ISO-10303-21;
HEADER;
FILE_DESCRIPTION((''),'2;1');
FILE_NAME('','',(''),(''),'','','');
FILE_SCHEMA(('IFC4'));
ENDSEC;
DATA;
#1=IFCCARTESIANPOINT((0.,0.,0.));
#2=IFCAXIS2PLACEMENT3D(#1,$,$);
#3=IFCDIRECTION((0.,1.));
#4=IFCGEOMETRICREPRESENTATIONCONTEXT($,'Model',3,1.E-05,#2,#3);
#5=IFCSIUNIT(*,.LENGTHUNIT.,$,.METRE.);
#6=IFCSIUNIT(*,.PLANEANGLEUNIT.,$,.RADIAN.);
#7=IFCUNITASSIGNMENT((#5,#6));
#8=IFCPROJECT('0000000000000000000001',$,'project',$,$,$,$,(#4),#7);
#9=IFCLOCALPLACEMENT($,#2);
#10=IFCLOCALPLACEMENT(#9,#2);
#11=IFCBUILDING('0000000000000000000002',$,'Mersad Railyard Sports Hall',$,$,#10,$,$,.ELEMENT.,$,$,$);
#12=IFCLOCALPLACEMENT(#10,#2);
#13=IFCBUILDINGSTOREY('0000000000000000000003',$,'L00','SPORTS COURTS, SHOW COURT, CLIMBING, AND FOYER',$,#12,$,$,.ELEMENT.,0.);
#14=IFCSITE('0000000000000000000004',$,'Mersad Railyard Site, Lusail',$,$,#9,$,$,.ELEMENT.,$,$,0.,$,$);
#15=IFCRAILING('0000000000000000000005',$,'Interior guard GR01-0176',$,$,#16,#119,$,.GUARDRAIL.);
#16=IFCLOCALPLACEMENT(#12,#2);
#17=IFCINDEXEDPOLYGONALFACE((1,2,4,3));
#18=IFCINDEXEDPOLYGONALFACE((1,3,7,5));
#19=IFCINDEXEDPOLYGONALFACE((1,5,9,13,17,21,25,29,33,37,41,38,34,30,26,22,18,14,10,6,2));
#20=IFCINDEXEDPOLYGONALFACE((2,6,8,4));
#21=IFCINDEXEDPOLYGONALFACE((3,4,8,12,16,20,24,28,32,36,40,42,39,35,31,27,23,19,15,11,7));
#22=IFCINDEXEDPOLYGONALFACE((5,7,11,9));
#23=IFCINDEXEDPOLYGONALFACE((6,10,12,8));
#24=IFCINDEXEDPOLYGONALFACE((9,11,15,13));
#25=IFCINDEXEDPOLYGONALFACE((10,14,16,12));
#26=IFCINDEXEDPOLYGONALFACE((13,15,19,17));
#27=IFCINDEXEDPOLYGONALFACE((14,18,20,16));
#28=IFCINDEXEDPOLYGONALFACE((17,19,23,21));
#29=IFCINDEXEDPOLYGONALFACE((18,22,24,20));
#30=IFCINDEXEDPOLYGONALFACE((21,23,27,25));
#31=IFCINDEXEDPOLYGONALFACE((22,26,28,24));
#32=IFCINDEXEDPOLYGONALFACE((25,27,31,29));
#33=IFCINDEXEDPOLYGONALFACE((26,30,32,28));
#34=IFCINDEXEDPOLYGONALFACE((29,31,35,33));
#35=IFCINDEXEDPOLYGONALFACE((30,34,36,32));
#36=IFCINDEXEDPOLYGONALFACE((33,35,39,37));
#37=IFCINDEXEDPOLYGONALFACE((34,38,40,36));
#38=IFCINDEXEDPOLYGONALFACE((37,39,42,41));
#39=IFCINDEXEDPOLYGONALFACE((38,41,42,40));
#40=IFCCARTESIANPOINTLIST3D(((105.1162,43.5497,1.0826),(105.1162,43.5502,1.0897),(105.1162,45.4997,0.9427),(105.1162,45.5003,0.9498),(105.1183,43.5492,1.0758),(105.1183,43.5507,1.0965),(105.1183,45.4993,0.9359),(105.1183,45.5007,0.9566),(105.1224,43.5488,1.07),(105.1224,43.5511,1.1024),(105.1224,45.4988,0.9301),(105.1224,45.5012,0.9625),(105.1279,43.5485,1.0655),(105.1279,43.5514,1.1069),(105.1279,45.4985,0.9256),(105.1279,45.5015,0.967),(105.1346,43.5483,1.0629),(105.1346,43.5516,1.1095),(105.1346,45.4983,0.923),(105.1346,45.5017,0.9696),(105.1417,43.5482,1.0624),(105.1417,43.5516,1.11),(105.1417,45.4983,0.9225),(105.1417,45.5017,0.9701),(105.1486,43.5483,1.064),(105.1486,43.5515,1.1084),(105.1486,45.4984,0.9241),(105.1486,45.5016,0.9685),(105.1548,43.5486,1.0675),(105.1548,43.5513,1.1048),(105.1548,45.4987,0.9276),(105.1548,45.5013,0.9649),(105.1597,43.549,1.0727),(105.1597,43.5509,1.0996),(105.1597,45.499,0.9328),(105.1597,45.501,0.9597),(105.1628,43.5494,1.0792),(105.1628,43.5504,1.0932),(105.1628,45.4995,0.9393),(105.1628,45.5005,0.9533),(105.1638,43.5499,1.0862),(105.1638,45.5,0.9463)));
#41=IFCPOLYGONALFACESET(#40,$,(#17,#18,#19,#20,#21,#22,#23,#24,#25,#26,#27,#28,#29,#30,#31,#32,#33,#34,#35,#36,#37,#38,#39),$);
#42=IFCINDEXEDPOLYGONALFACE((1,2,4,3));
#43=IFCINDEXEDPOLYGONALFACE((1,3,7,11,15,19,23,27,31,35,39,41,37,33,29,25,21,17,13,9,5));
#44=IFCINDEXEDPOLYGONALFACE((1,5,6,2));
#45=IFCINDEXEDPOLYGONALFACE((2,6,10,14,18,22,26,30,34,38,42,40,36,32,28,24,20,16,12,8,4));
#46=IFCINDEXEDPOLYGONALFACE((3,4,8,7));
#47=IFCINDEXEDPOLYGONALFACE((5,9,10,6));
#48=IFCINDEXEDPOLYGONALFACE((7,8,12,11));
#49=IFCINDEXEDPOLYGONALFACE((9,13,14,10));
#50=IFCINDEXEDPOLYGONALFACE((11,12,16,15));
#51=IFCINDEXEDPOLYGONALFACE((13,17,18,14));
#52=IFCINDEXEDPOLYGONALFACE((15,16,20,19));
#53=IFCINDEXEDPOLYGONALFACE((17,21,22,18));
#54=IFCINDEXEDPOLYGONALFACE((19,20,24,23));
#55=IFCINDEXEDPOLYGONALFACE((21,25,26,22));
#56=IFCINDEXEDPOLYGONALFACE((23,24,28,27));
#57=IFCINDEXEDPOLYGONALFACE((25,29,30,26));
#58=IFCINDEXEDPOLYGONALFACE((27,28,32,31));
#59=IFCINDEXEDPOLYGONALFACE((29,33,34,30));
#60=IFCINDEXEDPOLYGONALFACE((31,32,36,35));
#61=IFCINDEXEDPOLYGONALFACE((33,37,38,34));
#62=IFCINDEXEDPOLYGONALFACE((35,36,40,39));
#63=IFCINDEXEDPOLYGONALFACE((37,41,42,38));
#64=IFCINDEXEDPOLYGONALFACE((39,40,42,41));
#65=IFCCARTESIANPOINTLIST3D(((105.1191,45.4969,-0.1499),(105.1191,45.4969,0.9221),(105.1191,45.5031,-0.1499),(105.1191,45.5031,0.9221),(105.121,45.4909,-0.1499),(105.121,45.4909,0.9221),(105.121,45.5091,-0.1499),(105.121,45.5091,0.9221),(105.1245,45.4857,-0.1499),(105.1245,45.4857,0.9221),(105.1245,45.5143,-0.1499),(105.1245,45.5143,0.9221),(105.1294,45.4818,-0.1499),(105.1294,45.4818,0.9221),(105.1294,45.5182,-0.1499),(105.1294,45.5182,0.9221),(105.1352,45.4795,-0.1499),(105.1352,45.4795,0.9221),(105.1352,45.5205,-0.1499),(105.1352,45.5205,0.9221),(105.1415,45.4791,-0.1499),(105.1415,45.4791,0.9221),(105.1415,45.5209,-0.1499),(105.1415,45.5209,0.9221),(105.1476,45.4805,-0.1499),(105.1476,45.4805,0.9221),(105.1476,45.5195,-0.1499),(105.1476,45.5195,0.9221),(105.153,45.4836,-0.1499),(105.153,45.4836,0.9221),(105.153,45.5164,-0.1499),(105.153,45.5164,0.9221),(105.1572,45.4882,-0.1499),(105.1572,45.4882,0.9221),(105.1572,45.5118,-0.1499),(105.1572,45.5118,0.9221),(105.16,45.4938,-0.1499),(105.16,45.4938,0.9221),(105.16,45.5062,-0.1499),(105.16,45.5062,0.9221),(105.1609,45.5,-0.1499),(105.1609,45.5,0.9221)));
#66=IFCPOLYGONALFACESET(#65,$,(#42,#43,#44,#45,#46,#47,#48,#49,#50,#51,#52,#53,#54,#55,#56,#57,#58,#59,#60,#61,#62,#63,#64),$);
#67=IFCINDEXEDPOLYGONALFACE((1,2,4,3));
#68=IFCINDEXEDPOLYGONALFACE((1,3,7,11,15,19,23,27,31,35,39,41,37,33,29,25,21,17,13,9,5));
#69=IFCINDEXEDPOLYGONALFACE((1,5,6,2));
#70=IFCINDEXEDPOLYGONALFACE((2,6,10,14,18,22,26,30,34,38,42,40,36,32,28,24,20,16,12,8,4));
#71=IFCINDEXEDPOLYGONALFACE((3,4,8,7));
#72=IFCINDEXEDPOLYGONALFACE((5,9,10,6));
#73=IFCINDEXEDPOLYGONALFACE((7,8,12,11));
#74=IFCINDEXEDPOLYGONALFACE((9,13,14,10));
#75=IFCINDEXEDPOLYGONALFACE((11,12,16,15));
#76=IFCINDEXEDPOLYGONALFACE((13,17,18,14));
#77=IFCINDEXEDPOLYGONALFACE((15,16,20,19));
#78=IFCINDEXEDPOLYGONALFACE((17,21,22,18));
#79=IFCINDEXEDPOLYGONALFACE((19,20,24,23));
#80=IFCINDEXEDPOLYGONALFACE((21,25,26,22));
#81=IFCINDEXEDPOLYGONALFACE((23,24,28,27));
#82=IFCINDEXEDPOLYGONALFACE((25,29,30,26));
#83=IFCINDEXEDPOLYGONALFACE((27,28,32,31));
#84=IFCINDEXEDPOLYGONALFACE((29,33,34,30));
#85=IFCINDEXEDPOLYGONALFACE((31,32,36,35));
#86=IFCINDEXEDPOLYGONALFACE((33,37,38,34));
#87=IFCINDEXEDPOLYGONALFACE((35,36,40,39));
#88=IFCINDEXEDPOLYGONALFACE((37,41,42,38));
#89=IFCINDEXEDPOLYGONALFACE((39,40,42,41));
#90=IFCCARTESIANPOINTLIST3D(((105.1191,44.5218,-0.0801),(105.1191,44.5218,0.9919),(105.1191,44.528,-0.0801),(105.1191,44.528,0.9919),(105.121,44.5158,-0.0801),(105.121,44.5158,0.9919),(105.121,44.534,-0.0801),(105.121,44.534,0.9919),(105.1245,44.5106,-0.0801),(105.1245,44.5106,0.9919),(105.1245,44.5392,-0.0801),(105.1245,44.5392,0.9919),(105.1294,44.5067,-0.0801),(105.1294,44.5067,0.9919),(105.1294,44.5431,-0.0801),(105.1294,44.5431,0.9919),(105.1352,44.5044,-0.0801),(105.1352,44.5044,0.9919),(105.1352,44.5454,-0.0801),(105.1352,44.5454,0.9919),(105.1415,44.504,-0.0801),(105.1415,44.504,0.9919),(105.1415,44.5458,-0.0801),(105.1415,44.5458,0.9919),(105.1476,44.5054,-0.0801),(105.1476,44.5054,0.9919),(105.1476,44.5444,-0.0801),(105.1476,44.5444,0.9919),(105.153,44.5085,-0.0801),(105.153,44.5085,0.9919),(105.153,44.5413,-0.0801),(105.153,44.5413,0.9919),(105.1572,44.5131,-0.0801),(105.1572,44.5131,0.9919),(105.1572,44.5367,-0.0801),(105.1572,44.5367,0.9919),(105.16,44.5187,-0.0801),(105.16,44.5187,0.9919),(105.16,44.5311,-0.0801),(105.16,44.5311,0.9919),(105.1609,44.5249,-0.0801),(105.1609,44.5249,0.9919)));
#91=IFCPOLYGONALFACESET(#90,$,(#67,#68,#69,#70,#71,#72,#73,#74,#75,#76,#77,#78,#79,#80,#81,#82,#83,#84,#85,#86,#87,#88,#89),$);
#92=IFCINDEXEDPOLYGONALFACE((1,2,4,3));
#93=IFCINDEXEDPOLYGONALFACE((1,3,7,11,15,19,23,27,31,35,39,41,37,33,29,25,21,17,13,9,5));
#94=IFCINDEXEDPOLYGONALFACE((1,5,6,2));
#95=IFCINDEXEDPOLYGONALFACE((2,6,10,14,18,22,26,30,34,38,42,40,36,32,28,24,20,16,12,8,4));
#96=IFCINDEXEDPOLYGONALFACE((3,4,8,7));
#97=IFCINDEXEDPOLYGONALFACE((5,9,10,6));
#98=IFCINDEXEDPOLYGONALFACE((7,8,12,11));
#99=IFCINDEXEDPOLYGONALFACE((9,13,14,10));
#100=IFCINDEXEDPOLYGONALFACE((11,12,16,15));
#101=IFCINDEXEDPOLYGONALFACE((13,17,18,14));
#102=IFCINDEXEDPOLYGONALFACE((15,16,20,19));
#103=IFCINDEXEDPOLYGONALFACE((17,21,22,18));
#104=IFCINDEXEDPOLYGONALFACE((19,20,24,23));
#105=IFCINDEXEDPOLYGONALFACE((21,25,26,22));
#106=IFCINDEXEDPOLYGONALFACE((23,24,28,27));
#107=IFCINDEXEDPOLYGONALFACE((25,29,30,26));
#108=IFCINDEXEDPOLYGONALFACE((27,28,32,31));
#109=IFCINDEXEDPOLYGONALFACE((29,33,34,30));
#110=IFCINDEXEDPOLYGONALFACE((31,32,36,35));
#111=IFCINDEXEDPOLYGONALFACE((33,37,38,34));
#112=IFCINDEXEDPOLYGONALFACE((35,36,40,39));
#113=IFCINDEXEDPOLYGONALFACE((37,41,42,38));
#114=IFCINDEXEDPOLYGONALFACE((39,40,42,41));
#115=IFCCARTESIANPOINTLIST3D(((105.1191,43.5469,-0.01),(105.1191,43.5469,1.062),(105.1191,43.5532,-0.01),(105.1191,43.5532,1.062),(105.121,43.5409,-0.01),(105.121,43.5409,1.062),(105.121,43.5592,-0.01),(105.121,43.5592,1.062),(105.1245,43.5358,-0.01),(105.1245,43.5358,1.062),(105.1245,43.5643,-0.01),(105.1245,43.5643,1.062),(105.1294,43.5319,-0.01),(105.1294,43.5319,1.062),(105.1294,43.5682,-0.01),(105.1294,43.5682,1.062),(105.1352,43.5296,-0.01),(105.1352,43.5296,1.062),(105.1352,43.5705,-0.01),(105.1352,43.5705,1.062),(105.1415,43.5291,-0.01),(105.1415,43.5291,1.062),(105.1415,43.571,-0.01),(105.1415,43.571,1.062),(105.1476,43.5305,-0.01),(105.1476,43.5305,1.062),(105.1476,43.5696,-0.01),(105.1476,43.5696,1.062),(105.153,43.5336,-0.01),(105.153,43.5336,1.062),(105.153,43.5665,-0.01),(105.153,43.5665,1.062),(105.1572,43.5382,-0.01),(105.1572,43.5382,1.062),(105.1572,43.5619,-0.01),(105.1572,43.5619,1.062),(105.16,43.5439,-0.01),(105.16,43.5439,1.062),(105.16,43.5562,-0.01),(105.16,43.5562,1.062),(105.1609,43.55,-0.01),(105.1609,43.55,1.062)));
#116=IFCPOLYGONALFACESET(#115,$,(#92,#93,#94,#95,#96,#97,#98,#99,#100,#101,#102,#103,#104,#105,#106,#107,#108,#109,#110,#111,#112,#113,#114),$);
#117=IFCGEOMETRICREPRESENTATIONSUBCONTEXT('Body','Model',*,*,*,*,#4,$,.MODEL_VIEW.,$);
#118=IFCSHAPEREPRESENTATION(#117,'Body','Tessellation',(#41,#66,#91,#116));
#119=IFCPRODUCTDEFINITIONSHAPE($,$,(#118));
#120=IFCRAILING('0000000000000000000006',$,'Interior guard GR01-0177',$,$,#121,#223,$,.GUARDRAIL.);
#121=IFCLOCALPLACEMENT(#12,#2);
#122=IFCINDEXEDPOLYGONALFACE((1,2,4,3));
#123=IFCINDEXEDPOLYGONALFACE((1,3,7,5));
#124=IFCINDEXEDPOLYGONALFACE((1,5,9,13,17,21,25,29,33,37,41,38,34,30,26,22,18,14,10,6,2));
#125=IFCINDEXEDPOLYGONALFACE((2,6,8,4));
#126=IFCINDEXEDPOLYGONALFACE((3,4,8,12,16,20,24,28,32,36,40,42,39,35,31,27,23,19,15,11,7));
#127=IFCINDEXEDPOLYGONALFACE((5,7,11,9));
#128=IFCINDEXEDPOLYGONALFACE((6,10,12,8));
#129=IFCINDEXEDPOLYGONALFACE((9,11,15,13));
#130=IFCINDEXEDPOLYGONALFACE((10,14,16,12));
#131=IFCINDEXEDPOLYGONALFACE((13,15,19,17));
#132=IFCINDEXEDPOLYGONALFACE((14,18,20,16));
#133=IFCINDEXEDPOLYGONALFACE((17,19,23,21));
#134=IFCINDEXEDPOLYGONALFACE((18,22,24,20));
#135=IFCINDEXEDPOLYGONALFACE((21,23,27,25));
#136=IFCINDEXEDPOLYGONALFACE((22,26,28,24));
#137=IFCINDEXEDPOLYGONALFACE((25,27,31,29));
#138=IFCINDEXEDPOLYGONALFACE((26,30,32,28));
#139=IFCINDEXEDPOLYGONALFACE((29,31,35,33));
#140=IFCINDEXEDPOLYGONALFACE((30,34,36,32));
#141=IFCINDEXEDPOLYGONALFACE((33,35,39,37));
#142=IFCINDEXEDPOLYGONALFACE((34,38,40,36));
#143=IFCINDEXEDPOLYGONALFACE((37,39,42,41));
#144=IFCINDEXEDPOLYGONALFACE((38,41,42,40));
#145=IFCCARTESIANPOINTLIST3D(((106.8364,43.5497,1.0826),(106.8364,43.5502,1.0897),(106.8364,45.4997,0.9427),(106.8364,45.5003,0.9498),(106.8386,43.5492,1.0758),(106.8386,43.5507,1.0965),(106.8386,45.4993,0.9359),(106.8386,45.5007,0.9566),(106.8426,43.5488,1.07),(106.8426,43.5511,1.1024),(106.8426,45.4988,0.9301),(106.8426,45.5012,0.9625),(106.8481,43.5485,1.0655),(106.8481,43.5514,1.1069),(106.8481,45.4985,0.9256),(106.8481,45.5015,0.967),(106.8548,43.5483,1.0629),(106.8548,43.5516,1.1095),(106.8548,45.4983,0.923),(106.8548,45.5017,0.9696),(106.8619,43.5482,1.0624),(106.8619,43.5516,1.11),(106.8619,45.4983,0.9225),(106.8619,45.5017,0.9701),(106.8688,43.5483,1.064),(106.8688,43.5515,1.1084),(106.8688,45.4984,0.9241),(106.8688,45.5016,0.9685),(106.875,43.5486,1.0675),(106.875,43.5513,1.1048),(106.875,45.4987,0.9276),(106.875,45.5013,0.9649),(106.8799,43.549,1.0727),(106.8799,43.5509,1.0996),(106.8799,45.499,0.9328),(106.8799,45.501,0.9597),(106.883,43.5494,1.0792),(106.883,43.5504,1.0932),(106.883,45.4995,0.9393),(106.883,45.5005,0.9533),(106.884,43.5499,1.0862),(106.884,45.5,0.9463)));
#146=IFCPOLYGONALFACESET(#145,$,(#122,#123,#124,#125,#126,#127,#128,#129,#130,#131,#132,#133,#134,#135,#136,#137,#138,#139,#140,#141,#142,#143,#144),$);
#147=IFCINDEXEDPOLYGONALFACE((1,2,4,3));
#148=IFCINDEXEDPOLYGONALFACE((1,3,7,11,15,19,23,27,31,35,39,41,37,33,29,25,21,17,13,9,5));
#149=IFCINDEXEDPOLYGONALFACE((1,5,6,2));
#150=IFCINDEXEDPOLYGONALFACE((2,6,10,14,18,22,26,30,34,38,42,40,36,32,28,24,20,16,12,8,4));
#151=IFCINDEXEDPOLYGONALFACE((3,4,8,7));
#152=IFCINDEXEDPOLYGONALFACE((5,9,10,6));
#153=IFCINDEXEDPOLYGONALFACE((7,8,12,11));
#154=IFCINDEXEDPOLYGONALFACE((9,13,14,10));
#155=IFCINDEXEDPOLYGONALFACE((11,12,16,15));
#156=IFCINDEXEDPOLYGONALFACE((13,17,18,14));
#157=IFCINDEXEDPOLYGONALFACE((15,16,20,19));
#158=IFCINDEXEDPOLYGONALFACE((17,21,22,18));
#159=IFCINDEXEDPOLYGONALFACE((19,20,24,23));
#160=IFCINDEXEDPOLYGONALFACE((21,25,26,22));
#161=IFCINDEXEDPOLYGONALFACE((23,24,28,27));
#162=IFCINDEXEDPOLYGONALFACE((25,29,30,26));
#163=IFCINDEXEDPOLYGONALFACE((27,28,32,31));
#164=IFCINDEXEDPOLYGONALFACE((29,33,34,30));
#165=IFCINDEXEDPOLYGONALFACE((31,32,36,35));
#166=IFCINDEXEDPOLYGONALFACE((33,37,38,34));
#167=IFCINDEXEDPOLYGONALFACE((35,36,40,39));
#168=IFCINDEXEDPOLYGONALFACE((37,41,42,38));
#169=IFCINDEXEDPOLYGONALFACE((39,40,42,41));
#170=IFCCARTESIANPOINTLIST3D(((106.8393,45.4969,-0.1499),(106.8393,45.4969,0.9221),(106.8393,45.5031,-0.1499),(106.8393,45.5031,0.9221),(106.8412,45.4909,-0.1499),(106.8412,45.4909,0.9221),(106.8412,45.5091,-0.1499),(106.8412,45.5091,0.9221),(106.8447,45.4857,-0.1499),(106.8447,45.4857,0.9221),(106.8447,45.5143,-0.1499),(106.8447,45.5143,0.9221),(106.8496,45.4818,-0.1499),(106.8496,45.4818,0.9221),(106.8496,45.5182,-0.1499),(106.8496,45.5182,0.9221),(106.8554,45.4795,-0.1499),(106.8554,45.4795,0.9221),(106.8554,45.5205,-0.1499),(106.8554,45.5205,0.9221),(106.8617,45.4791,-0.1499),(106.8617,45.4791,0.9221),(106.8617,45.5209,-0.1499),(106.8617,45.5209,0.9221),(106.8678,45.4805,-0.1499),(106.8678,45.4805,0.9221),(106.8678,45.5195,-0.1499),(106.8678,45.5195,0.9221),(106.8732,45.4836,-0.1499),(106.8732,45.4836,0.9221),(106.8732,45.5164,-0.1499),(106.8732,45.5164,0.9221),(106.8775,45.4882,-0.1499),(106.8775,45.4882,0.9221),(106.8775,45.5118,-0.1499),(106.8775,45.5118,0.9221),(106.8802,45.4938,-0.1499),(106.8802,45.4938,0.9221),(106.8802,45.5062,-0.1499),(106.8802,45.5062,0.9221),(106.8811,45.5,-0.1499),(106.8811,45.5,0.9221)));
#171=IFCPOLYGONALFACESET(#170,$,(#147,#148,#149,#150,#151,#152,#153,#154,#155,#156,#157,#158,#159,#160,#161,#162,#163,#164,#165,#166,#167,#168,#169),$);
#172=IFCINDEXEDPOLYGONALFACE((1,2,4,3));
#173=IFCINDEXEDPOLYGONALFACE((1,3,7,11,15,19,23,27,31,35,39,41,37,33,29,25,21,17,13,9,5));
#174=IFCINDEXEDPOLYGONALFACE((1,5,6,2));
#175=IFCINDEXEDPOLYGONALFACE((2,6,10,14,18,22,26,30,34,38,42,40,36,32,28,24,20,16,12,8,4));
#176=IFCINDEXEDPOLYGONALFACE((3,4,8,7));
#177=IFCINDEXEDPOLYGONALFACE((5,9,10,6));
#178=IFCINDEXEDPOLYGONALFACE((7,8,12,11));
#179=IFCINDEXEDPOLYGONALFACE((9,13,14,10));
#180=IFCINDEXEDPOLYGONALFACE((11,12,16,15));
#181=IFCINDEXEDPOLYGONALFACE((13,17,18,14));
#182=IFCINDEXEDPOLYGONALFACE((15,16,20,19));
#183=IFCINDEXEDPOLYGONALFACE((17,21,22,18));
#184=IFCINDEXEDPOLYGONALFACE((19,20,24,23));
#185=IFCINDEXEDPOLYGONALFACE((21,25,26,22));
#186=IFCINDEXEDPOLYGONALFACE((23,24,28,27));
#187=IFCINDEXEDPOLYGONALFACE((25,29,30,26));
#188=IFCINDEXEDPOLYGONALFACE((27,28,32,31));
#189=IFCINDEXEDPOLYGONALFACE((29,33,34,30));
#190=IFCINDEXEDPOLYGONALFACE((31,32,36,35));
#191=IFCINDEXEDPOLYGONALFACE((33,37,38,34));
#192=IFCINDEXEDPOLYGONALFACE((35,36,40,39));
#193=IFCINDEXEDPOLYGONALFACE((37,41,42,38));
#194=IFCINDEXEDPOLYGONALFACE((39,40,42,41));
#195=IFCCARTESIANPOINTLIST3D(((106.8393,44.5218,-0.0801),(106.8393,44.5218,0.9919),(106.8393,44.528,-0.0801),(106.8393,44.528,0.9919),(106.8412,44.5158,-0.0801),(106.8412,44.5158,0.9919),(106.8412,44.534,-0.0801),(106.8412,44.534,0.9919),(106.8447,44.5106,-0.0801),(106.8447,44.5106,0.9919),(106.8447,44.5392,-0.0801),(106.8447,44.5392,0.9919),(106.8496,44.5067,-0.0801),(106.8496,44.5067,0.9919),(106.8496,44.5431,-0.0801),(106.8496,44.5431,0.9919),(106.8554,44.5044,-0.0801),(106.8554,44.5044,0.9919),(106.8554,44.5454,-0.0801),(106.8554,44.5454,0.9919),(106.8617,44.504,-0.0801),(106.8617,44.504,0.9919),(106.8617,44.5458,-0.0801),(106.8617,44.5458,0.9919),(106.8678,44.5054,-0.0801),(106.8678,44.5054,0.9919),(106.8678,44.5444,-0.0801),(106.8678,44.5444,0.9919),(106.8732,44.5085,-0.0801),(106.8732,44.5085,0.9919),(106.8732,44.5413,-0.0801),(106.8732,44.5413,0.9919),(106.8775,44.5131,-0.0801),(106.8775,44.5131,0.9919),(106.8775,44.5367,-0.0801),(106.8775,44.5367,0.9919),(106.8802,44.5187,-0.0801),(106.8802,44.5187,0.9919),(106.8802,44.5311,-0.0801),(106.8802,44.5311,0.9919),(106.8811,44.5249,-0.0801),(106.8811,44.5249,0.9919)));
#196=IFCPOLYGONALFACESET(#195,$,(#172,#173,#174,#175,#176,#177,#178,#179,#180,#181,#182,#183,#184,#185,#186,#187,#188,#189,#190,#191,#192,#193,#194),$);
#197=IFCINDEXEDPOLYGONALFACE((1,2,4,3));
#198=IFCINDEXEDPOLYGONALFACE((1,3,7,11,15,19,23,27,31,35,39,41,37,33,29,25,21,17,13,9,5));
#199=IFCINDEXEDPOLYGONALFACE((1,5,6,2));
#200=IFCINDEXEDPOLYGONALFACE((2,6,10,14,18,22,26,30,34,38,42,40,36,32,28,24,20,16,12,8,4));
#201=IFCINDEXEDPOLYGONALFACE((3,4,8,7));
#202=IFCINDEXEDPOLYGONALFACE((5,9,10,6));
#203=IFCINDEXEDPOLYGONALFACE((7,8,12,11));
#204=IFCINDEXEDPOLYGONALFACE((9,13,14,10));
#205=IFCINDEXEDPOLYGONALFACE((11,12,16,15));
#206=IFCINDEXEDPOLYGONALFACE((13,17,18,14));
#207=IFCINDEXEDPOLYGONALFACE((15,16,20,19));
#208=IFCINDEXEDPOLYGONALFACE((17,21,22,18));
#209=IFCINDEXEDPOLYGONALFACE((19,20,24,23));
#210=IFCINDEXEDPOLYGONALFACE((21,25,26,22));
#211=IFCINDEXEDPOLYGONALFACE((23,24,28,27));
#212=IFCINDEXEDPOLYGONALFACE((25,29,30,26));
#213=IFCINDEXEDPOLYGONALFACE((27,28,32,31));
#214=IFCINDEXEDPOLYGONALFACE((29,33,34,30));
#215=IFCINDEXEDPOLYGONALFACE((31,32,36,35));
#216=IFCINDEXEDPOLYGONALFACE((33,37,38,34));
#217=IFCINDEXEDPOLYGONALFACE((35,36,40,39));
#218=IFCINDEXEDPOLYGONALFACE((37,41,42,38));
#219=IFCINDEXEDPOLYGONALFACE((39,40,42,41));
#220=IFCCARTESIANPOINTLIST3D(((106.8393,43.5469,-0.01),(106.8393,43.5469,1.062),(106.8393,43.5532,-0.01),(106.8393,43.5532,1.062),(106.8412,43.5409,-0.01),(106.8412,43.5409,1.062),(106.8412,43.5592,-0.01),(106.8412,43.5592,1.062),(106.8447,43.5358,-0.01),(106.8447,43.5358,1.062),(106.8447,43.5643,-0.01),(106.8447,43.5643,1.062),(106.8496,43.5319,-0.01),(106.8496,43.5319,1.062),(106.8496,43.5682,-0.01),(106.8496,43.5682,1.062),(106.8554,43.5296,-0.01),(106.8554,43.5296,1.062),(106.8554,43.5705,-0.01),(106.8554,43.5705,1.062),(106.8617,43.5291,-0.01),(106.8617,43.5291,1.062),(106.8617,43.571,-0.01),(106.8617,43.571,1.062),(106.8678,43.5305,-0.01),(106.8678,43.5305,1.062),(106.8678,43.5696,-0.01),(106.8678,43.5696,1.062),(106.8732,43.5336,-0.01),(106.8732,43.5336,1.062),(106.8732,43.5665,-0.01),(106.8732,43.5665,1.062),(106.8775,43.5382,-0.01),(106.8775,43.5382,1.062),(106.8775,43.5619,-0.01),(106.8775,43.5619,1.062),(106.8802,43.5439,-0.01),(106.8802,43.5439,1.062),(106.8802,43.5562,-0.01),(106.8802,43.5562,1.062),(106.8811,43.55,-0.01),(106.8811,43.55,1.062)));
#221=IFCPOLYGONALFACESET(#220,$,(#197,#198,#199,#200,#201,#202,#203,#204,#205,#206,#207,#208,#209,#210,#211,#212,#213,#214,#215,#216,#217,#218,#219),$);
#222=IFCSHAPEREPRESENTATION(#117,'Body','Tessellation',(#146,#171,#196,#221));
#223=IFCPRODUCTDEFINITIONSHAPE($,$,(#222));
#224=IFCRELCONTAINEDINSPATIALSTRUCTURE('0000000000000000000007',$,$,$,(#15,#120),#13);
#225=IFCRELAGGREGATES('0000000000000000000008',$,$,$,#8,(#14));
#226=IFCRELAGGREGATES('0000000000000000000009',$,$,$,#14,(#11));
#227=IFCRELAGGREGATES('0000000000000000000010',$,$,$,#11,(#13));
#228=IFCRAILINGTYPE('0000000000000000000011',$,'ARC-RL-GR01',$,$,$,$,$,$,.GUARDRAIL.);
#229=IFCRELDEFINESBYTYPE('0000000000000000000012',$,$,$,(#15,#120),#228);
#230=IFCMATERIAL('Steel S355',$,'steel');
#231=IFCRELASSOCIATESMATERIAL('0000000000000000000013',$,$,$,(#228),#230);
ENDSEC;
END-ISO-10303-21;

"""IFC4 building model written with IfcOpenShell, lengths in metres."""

from ifc_helpers import new_model, si_unit, direction, frame, origin, origin_2d, place, context, subcontext, project, spatial, circle, extrude, material, type_object, element, save


model = new_model("IFC4")

# Units and contexts
model_context = context("Model", 3, precision=1e-05, world=origin(), true_north=direction((0.0, 1.0)))
body_context = subcontext(model_context, "Body", "Model", "MODEL_VIEW")
ifc_project = project(units=[si_unit("LENGTHUNIT", "METRE"), si_unit("PLANEANGLEUNIT", "RADIAN")], contexts=[model_context])

# Site, building, storey
site_placement = place(None, origin())
site = spatial("IfcSite", under=ifc_project, at=site_placement, Name="Mersad Railyard Site, Lusail", CompositionType="ELEMENT", RefElevation=0.0)
building_placement = place(site_placement, origin())
building = spatial("IfcBuilding", under=site, at=building_placement, Name="Mersad Railyard Sports Hall", CompositionType="ELEMENT")
storey_placement = place(building_placement, origin())
storey = spatial("IfcBuildingStorey", under=building, at=storey_placement, Name="L00", Description="SPORTS COURTS, SHOW COURT, CLIMBING, AND FOYER", CompositionType="ELEMENT", Elevation=0.0)

# Railings
ifc_material_1 = material(Name="Steel S355", Category="steel")
railing_type = type_object("IfcRailingType", Name="ARC-RL-GR01", PredefinedType="GUARDRAIL", material=ifc_material_1)
for number, where, name in (
    (1, (105.1399, 45.5, -0.1499), "Interior guard GR01-0176"),
    (2, (106.8601, 45.5, -0.1499), "Interior guard GR01-0177"),
):
    element("IfcRailing", number, at=place(storey_placement, frame(where)), inside=storey, type_object=railing_type, Name=name, PredefinedType="GUARDRAIL", context=body_context, shape_type="SweptSolid", body=[
        extrude(circle(Radius=0.0239, at=origin_2d()), frame((0.0, 0.0, 1.0962), z_axis=(0.0, -0.997436, 0.071558), x_axis=(1.0, 0.0, 0.0)), (0.0, 0.0, 1.0), 1.9551),
        extrude(circle(Radius=0.021, at=origin_2d()), origin(), (0.0, 0.0, 1.0), 1.072),
        extrude(circle(Radius=0.021, at=origin_2d()), frame((0.0, -0.9751, 0.0698)), (0.0, 0.0, 1.0), 1.072),
        extrude(circle(Radius=0.021, at=origin_2d()), frame((0.0, -1.95, 0.1399)), (0.0, 0.0, 1.0), 1.072),
    ])

save(model, "model.ifc")
